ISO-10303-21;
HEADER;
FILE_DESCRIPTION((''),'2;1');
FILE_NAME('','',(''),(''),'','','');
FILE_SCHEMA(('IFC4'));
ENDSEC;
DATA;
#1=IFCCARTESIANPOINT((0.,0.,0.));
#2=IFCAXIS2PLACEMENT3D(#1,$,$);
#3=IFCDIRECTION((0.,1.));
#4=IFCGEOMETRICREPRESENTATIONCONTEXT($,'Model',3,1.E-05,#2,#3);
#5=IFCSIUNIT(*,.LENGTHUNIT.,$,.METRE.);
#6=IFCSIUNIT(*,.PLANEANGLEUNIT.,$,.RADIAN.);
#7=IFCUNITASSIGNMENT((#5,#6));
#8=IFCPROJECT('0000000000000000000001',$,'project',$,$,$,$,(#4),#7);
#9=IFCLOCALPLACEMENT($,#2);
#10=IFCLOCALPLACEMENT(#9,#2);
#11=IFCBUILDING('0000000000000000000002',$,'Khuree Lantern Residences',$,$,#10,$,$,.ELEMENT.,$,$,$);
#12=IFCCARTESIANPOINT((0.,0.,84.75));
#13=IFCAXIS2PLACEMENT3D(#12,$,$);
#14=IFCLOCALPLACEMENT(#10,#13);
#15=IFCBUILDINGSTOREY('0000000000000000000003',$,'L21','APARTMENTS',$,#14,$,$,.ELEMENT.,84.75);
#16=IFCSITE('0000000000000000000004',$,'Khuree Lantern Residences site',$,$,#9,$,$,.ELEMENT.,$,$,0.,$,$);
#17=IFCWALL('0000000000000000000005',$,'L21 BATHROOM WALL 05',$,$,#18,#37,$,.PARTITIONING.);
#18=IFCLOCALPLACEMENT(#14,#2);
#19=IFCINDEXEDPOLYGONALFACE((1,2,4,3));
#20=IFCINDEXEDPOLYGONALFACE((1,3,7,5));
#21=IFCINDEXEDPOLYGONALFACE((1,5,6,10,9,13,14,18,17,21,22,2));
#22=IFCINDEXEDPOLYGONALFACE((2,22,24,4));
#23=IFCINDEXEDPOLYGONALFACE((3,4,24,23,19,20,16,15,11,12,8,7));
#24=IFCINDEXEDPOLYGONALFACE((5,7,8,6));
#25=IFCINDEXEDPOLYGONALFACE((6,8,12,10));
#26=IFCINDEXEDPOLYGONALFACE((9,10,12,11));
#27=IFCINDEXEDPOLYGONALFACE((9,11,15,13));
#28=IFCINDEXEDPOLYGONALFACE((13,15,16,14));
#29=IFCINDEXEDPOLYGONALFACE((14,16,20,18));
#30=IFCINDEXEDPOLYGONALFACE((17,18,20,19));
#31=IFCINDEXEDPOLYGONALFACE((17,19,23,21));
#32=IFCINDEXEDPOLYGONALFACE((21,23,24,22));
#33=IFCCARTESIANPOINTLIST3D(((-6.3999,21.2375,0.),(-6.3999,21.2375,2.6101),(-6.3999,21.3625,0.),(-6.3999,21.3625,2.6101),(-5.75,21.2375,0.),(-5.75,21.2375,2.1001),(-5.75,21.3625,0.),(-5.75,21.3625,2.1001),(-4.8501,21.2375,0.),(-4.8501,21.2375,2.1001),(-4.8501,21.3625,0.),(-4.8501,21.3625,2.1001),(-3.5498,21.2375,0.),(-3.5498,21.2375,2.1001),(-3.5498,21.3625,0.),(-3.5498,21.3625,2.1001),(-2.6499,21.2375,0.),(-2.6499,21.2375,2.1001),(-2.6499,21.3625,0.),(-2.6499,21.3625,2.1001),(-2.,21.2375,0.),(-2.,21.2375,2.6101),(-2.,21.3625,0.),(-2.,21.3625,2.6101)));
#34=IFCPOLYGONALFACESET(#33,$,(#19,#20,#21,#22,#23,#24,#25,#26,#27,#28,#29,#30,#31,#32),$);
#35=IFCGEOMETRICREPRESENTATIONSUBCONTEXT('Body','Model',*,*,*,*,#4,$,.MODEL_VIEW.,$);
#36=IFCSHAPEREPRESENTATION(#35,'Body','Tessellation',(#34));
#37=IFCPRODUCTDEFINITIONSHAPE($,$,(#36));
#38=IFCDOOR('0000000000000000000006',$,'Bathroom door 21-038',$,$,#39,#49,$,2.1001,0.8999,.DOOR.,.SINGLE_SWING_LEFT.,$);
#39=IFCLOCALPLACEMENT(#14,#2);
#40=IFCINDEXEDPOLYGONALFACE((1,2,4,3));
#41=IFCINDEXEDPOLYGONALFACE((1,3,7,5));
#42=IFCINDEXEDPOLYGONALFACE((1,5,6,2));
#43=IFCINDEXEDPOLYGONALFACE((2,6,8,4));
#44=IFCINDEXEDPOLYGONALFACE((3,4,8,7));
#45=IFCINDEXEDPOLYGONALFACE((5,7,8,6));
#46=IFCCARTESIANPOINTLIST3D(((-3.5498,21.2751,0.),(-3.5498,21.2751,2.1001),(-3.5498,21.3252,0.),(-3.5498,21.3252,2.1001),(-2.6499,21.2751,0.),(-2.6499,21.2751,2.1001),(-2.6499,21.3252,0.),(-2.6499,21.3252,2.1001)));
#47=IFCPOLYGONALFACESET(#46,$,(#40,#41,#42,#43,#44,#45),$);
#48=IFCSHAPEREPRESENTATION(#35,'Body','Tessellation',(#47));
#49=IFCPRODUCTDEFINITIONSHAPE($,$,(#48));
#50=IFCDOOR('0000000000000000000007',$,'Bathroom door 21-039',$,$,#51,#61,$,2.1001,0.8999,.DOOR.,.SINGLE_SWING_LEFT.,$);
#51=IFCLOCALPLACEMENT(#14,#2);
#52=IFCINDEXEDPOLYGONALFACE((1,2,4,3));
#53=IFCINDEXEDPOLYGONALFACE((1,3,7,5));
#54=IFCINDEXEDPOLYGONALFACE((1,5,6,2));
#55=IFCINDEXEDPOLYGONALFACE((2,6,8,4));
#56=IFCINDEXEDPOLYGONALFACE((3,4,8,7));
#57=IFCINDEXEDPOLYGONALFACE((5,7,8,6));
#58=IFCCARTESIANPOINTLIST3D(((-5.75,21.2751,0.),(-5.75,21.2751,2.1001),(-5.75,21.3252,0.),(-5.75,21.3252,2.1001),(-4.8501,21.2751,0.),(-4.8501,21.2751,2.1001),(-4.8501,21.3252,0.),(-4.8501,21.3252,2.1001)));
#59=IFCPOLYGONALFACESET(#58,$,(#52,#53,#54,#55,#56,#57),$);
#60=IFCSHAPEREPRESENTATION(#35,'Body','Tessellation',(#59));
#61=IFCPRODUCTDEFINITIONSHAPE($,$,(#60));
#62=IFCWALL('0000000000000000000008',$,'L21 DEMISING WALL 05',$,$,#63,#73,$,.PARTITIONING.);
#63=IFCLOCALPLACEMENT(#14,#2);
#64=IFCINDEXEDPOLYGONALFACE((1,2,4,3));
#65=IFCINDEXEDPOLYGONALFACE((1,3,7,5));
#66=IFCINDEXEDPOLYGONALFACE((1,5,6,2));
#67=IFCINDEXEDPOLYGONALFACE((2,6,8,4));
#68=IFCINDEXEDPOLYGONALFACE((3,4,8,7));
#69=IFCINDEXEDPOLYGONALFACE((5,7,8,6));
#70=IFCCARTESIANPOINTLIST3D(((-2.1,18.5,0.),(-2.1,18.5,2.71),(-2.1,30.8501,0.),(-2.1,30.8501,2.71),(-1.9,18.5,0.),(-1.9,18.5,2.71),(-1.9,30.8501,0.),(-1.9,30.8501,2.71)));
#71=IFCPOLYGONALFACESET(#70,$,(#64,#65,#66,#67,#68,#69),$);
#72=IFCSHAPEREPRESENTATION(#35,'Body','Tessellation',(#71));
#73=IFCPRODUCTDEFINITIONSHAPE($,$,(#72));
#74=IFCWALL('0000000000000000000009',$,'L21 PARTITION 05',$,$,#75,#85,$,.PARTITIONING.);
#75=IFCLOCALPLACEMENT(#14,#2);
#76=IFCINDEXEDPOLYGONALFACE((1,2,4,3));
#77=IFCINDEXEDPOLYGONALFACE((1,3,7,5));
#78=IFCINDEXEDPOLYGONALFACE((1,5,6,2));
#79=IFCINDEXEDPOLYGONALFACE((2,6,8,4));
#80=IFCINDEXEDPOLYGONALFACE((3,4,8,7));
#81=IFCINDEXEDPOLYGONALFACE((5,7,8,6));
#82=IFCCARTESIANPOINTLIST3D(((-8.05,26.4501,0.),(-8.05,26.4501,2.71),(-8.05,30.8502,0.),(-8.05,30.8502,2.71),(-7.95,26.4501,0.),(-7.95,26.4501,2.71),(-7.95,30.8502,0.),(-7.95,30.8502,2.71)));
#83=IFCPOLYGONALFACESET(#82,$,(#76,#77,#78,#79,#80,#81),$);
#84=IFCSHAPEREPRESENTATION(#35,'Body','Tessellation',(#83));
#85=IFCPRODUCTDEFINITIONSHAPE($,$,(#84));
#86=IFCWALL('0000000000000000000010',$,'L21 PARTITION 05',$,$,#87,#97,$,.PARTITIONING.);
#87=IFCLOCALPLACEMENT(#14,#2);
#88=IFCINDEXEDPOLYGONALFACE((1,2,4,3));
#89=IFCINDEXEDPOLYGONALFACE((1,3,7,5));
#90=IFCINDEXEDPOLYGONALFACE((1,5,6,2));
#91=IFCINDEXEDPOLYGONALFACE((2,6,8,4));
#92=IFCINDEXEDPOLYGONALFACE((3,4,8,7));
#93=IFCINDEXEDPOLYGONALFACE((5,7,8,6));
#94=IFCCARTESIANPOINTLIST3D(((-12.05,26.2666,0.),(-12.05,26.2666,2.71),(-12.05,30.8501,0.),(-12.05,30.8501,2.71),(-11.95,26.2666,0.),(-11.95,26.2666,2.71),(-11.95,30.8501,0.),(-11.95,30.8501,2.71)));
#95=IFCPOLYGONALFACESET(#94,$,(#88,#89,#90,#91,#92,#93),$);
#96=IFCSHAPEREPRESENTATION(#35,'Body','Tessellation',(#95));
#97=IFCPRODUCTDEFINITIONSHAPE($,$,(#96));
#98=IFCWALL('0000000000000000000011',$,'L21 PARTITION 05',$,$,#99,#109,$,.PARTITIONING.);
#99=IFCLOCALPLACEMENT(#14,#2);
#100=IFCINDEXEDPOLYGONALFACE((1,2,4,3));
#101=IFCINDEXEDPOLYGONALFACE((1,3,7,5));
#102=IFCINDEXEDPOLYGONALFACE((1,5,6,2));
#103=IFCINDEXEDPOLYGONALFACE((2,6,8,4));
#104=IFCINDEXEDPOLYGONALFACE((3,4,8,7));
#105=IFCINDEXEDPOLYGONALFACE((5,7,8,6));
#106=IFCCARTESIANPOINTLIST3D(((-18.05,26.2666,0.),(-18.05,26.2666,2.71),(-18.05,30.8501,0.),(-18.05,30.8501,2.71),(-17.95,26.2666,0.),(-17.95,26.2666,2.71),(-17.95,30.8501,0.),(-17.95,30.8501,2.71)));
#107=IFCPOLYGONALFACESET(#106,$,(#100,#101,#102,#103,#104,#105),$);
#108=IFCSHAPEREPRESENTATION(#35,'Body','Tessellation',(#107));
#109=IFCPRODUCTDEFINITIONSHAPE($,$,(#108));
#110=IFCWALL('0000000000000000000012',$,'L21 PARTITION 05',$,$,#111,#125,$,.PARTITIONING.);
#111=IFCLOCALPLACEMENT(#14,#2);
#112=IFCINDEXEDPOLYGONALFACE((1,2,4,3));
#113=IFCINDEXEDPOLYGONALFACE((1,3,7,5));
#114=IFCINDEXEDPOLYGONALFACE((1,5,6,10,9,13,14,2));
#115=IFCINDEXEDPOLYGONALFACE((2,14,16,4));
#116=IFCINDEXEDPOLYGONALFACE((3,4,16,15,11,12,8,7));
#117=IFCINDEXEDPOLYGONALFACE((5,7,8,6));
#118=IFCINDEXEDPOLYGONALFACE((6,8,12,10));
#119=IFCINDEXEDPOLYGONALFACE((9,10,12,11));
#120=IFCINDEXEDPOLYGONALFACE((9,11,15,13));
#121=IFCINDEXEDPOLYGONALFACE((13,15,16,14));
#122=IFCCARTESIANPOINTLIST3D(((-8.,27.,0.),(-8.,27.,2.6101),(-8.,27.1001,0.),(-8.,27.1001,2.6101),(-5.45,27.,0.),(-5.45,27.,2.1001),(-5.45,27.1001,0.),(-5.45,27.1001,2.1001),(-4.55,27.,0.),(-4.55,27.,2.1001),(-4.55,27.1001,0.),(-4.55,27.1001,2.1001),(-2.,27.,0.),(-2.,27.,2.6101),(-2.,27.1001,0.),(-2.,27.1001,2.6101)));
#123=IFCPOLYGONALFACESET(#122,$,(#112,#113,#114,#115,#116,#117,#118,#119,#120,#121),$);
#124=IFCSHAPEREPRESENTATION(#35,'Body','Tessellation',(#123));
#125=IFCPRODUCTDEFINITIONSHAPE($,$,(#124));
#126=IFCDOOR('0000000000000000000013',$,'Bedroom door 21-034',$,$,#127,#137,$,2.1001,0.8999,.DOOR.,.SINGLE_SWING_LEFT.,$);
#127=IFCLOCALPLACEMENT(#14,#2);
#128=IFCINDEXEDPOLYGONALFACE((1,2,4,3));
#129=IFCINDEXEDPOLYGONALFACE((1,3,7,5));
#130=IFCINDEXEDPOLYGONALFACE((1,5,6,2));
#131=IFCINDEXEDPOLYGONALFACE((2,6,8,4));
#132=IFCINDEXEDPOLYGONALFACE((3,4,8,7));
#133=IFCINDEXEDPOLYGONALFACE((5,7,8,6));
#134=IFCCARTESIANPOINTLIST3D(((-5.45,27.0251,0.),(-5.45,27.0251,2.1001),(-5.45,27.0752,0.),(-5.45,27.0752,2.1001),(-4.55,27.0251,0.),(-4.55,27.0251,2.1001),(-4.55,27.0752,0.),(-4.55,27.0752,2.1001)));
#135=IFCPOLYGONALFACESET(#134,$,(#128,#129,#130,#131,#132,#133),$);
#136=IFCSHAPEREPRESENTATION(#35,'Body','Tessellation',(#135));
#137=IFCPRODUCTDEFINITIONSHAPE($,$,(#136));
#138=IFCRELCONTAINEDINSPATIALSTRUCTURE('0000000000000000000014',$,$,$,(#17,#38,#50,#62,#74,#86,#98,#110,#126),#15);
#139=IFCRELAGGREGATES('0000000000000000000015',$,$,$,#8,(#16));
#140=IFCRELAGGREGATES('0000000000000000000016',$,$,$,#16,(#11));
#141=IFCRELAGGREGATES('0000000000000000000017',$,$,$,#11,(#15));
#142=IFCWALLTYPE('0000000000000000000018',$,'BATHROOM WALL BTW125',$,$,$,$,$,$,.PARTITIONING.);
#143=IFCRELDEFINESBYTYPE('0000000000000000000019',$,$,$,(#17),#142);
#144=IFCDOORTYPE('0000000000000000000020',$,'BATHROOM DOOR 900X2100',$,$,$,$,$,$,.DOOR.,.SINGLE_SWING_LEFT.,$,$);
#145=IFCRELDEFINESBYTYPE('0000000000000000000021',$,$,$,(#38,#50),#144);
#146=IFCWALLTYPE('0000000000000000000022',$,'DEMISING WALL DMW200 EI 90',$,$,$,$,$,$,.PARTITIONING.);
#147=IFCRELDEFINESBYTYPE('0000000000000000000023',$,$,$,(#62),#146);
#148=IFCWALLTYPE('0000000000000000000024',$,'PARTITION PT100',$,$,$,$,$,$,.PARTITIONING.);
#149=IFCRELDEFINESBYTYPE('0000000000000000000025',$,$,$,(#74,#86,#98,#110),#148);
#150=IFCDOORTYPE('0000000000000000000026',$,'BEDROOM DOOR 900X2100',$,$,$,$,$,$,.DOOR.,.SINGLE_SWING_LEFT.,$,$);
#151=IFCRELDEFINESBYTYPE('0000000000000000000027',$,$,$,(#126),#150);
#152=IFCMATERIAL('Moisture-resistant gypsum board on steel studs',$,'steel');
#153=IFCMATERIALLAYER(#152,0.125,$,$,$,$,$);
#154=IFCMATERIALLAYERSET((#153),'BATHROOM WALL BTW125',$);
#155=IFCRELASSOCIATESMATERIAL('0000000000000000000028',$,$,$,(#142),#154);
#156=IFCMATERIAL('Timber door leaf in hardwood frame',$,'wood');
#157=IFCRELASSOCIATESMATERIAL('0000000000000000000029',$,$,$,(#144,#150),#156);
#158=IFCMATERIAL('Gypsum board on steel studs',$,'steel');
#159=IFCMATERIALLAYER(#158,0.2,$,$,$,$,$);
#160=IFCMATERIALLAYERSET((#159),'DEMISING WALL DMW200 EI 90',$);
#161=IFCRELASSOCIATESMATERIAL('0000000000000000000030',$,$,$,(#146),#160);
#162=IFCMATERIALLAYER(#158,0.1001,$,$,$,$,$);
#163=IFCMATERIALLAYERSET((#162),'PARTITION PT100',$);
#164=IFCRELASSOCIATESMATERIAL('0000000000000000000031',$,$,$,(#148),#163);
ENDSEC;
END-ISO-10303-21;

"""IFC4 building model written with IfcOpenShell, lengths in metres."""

from ifc_helpers import new_model, si_unit, direction, frame, frame_2d, origin, place, context, subcontext, project, spatial, rectangle, extrude, material, layer, layer_set, type_object, element, fill, save


model = new_model("IFC4")

# Units and contexts
model_context = context("Model", 3, precision=1e-05, world=origin(), true_north=direction((0.0, 1.0)))
body_context = subcontext(model_context, "Body", "Model", "MODEL_VIEW")
ifc_project = project(units=[si_unit("LENGTHUNIT", "METRE"), si_unit("PLANEANGLEUNIT", "RADIAN")], contexts=[model_context])

# Site, building, storey
site_placement = place(None, origin())
site = spatial("IfcSite", under=ifc_project, at=site_placement, Name="Khuree Lantern Residences site", CompositionType="ELEMENT", RefElevation=0.0)
building_placement = place(site_placement, origin())
building = spatial("IfcBuilding", under=site, at=building_placement, Name="Khuree Lantern Residences", CompositionType="ELEMENT")
storey_placement = place(building_placement, frame((0.0, 0.0, 84.75)))
storey = spatial("IfcBuildingStorey", under=building, at=storey_placement, Name="L21", Description="APARTMENTS", CompositionType="ELEMENT", Elevation=84.75)

# Wall, openings, doors
ifc_material_1 = material(Name="Moisture-resistant gypsum board on steel studs", Category="steel")
ifc_layer_1 = layer(ifc_material_1, 0.125)
ifc_layer_set_1 = layer_set([ifc_layer_1], Name="BATHROOM WALL BTW125")
wall_type_1 = type_object("IfcWallType", Name="BATHROOM WALL BTW125", PredefinedType="PARTITIONING", material=ifc_layer_set_1)
wall_1_placement = place(storey_placement, frame((-2.0, 21.3, 0.0), z_axis=(0.0, 0.0, 1.0), x_axis=(-1.0, 0.0, 0.0)))
wall_1 = element("IfcWall", 1, at=wall_1_placement, inside=storey, type_object=wall_type_1, Name="L21 BATHROOM WALL 05", PredefinedType="PARTITIONING", context=body_context, shape_type="SweptSolid", body=[
    extrude(rectangle(XDim=4.3999, YDim=0.125, at=frame_2d((2.2, 0.0))), origin(), (0.0, 0.0, 1.0), 2.6101),
])
opening_1_placement = place(wall_1_placement, frame((0.6499, 0.0, 0.0)))
opening_1 = element("IfcOpeningElement", 2, at=opening_1_placement, cuts=wall_1, PredefinedType="OPENING", context=body_context, shape_type="SweptSolid", body=[
    extrude(rectangle(XDim=0.8999, YDim=2.1001, at=frame_2d((0.45, 1.05))), frame((0.0, 0.0725, 0.0), z_axis=(0.0, -1.0, 0.0), x_axis=(1.0, 0.0, 0.0)), (0.0, 0.0, 1.0), 0.145),
])
opening_2_placement = place(wall_1_placement, frame((2.8501, 0.0, 0.0)))
opening_2 = element("IfcOpeningElement", 3, at=opening_2_placement, cuts=wall_1, PredefinedType="OPENING", context=body_context, shape_type="SweptSolid", body=[
    extrude(rectangle(XDim=0.8999, YDim=2.1001, at=frame_2d((0.45, 1.05))), frame((0.0, 0.0725, 0.0), z_axis=(0.0, -1.0, 0.0), x_axis=(1.0, 0.0, 0.0)), (0.0, 0.0, 1.0), 0.145),
])
ifc_material_2 = material(Name="Timber door leaf in hardwood frame", Category="wood")
door_type_1 = type_object("IfcDoorType", Name="BATHROOM DOOR 900X2100", OperationType="SINGLE_SWING_LEFT", PredefinedType="DOOR", material=ifc_material_2)
door_1_placement = place(opening_1_placement, origin())
door_1 = element("IfcDoor", 4, at=door_1_placement, inside=storey, type_object=door_type_1, Name="Bathroom door 21-038", OperationType="SINGLE_SWING_LEFT", OverallHeight=2.1001, OverallWidth=0.8999, PredefinedType="DOOR", context=body_context, shape_type="SweptSolid", body=[
    extrude(rectangle(XDim=0.8999, YDim=2.1001, at=frame_2d((0.45, 1.05))), frame((0.0, 0.0249, 0.0), z_axis=(0.0, -1.0, 0.0), x_axis=(1.0, 0.0, 0.0)), (0.0, 0.0, 1.0), 0.05),
])
fill(opening_1, door_1)
door_2_placement = place(opening_2_placement, origin())
door_2 = element("IfcDoor", 5, at=door_2_placement, inside=storey, type_object=door_type_1, Name="Bathroom door 21-039", OperationType="SINGLE_SWING_LEFT", OverallHeight=2.1001, OverallWidth=0.8999, PredefinedType="DOOR", context=body_context, shape_type="SweptSolid", body=[
    extrude(rectangle(XDim=0.8999, YDim=2.1001, at=frame_2d((0.45, 1.05))), frame((0.0, 0.0249, 0.0), z_axis=(0.0, -1.0, 0.0), x_axis=(1.0, 0.0, 0.0)), (0.0, 0.0, 1.0), 0.05),
])
fill(opening_2, door_2)

# Walls
ifc_material_3 = material(Name="Gypsum board on steel studs", Category="steel")
ifc_layer_2 = layer(ifc_material_3, 0.2)
ifc_layer_set_2 = layer_set([ifc_layer_2], Name="DEMISING WALL DMW200 EI 90")
wall_type_2 = type_object("IfcWallType", Name="DEMISING WALL DMW200 EI 90", PredefinedType="PARTITIONING", material=ifc_layer_set_2)
wall_2_placement = place(storey_placement, frame((-2.0, 18.5, 0.0), z_axis=(0.0, 0.0, 1.0), x_axis=(0.0, 1.0, 0.0)))
element("IfcWall", 6, at=wall_2_placement, inside=storey, type_object=wall_type_2, Name="L21 DEMISING WALL 05", PredefinedType="PARTITIONING", context=body_context, shape_type="SweptSolid", body=[
    extrude(rectangle(XDim=12.3501, YDim=0.2, at=frame_2d((6.175, 0.0))), origin(), (0.0, 0.0, 1.0), 2.71),
])
ifc_layer_3 = layer(ifc_material_3, 0.1001)
ifc_layer_set_3 = layer_set([ifc_layer_3], Name="PARTITION PT100")
wall_type_3 = type_object("IfcWallType", Name="PARTITION PT100", PredefinedType="PARTITIONING", material=ifc_layer_set_3)
wall_3_placement = place(storey_placement, frame((-8.0, 26.45, 0.0), z_axis=(0.0, 0.0, 1.0), x_axis=(0.0, 1.0, 0.0)))
element("IfcWall", 7, at=wall_3_placement, inside=storey, type_object=wall_type_3, Name="L21 PARTITION 05", PredefinedType="PARTITIONING", context=body_context, shape_type="SweptSolid", body=[
    extrude(rectangle(XDim=4.4001, YDim=0.1001, at=frame_2d((2.2002, 0.0))), origin(), (0.0, 0.0, 1.0), 2.71),
])
for number, where, z_axis, x_axis, name in (
    (8, (-12.0, 26.2666, 0.0), (0.0, 0.0, 1.0), (0.0, 1.0, 0.0), "L21 PARTITION 05"),
    (9, (-18.0, 26.2666, 0.0), (0.0, 0.0, 1.0), (0.0, 1.0, 0.0), "L21 PARTITION 05"),
):
    element("IfcWall", number, at=place(storey_placement, frame(where, z_axis=z_axis, x_axis=x_axis)), inside=storey, type_object=wall_type_3, Name=name, PredefinedType="PARTITIONING", context=body_context, shape_type="SweptSolid", body=[
        extrude(rectangle(XDim=4.5835, YDim=0.1001, at=frame_2d((2.2917, 0.0))), origin(), (0.0, 0.0, 1.0), 2.71),
    ])

# Wall, opening, door
wall_4_placement = place(storey_placement, frame((-2.0, 27.05, 0.0), z_axis=(0.0, 0.0, 1.0), x_axis=(-1.0, 0.0, 0.0)))
wall_4 = element("IfcWall", 10, at=wall_4_placement, inside=storey, type_object=wall_type_3, Name="L21 PARTITION 05", PredefinedType="PARTITIONING", context=body_context, shape_type="SweptSolid", body=[
    extrude(rectangle(XDim=6.0, YDim=0.1001, at=frame_2d((3.0, 0.0))), origin(), (0.0, 0.0, 1.0), 2.6101),
])
opening_3_placement = place(wall_4_placement, frame((2.55, 0.0, 0.0)))
opening_3 = element("IfcOpeningElement", 11, at=opening_3_placement, cuts=wall_4, PredefinedType="OPENING", context=body_context, shape_type="SweptSolid", body=[
    extrude(rectangle(XDim=0.8999, YDim=2.1001, at=frame_2d((0.45, 1.05))), frame((0.0, 0.0601, 0.0), z_axis=(0.0, -1.0, 0.0), x_axis=(1.0, 0.0, 0.0)), (0.0, 0.0, 1.0), 0.1201),
])
door_type_2 = type_object("IfcDoorType", Name="BEDROOM DOOR 900X2100", OperationType="SINGLE_SWING_LEFT", PredefinedType="DOOR", material=ifc_material_2)
door_3_placement = place(opening_3_placement, origin())
door_3 = element("IfcDoor", 12, at=door_3_placement, inside=storey, type_object=door_type_2, Name="Bedroom door 21-034", OperationType="SINGLE_SWING_LEFT", OverallHeight=2.1001, OverallWidth=0.8999, PredefinedType="DOOR", context=body_context, shape_type="SweptSolid", body=[
    extrude(rectangle(XDim=0.8999, YDim=2.1001, at=frame_2d((0.45, 1.05))), frame((0.0, 0.0249, 0.0), z_axis=(0.0, -1.0, 0.0), x_axis=(1.0, 0.0, 0.0)), (0.0, 0.0, 1.0), 0.05),
])
fill(opening_3, door_3)

save(model, "model.ifc")
